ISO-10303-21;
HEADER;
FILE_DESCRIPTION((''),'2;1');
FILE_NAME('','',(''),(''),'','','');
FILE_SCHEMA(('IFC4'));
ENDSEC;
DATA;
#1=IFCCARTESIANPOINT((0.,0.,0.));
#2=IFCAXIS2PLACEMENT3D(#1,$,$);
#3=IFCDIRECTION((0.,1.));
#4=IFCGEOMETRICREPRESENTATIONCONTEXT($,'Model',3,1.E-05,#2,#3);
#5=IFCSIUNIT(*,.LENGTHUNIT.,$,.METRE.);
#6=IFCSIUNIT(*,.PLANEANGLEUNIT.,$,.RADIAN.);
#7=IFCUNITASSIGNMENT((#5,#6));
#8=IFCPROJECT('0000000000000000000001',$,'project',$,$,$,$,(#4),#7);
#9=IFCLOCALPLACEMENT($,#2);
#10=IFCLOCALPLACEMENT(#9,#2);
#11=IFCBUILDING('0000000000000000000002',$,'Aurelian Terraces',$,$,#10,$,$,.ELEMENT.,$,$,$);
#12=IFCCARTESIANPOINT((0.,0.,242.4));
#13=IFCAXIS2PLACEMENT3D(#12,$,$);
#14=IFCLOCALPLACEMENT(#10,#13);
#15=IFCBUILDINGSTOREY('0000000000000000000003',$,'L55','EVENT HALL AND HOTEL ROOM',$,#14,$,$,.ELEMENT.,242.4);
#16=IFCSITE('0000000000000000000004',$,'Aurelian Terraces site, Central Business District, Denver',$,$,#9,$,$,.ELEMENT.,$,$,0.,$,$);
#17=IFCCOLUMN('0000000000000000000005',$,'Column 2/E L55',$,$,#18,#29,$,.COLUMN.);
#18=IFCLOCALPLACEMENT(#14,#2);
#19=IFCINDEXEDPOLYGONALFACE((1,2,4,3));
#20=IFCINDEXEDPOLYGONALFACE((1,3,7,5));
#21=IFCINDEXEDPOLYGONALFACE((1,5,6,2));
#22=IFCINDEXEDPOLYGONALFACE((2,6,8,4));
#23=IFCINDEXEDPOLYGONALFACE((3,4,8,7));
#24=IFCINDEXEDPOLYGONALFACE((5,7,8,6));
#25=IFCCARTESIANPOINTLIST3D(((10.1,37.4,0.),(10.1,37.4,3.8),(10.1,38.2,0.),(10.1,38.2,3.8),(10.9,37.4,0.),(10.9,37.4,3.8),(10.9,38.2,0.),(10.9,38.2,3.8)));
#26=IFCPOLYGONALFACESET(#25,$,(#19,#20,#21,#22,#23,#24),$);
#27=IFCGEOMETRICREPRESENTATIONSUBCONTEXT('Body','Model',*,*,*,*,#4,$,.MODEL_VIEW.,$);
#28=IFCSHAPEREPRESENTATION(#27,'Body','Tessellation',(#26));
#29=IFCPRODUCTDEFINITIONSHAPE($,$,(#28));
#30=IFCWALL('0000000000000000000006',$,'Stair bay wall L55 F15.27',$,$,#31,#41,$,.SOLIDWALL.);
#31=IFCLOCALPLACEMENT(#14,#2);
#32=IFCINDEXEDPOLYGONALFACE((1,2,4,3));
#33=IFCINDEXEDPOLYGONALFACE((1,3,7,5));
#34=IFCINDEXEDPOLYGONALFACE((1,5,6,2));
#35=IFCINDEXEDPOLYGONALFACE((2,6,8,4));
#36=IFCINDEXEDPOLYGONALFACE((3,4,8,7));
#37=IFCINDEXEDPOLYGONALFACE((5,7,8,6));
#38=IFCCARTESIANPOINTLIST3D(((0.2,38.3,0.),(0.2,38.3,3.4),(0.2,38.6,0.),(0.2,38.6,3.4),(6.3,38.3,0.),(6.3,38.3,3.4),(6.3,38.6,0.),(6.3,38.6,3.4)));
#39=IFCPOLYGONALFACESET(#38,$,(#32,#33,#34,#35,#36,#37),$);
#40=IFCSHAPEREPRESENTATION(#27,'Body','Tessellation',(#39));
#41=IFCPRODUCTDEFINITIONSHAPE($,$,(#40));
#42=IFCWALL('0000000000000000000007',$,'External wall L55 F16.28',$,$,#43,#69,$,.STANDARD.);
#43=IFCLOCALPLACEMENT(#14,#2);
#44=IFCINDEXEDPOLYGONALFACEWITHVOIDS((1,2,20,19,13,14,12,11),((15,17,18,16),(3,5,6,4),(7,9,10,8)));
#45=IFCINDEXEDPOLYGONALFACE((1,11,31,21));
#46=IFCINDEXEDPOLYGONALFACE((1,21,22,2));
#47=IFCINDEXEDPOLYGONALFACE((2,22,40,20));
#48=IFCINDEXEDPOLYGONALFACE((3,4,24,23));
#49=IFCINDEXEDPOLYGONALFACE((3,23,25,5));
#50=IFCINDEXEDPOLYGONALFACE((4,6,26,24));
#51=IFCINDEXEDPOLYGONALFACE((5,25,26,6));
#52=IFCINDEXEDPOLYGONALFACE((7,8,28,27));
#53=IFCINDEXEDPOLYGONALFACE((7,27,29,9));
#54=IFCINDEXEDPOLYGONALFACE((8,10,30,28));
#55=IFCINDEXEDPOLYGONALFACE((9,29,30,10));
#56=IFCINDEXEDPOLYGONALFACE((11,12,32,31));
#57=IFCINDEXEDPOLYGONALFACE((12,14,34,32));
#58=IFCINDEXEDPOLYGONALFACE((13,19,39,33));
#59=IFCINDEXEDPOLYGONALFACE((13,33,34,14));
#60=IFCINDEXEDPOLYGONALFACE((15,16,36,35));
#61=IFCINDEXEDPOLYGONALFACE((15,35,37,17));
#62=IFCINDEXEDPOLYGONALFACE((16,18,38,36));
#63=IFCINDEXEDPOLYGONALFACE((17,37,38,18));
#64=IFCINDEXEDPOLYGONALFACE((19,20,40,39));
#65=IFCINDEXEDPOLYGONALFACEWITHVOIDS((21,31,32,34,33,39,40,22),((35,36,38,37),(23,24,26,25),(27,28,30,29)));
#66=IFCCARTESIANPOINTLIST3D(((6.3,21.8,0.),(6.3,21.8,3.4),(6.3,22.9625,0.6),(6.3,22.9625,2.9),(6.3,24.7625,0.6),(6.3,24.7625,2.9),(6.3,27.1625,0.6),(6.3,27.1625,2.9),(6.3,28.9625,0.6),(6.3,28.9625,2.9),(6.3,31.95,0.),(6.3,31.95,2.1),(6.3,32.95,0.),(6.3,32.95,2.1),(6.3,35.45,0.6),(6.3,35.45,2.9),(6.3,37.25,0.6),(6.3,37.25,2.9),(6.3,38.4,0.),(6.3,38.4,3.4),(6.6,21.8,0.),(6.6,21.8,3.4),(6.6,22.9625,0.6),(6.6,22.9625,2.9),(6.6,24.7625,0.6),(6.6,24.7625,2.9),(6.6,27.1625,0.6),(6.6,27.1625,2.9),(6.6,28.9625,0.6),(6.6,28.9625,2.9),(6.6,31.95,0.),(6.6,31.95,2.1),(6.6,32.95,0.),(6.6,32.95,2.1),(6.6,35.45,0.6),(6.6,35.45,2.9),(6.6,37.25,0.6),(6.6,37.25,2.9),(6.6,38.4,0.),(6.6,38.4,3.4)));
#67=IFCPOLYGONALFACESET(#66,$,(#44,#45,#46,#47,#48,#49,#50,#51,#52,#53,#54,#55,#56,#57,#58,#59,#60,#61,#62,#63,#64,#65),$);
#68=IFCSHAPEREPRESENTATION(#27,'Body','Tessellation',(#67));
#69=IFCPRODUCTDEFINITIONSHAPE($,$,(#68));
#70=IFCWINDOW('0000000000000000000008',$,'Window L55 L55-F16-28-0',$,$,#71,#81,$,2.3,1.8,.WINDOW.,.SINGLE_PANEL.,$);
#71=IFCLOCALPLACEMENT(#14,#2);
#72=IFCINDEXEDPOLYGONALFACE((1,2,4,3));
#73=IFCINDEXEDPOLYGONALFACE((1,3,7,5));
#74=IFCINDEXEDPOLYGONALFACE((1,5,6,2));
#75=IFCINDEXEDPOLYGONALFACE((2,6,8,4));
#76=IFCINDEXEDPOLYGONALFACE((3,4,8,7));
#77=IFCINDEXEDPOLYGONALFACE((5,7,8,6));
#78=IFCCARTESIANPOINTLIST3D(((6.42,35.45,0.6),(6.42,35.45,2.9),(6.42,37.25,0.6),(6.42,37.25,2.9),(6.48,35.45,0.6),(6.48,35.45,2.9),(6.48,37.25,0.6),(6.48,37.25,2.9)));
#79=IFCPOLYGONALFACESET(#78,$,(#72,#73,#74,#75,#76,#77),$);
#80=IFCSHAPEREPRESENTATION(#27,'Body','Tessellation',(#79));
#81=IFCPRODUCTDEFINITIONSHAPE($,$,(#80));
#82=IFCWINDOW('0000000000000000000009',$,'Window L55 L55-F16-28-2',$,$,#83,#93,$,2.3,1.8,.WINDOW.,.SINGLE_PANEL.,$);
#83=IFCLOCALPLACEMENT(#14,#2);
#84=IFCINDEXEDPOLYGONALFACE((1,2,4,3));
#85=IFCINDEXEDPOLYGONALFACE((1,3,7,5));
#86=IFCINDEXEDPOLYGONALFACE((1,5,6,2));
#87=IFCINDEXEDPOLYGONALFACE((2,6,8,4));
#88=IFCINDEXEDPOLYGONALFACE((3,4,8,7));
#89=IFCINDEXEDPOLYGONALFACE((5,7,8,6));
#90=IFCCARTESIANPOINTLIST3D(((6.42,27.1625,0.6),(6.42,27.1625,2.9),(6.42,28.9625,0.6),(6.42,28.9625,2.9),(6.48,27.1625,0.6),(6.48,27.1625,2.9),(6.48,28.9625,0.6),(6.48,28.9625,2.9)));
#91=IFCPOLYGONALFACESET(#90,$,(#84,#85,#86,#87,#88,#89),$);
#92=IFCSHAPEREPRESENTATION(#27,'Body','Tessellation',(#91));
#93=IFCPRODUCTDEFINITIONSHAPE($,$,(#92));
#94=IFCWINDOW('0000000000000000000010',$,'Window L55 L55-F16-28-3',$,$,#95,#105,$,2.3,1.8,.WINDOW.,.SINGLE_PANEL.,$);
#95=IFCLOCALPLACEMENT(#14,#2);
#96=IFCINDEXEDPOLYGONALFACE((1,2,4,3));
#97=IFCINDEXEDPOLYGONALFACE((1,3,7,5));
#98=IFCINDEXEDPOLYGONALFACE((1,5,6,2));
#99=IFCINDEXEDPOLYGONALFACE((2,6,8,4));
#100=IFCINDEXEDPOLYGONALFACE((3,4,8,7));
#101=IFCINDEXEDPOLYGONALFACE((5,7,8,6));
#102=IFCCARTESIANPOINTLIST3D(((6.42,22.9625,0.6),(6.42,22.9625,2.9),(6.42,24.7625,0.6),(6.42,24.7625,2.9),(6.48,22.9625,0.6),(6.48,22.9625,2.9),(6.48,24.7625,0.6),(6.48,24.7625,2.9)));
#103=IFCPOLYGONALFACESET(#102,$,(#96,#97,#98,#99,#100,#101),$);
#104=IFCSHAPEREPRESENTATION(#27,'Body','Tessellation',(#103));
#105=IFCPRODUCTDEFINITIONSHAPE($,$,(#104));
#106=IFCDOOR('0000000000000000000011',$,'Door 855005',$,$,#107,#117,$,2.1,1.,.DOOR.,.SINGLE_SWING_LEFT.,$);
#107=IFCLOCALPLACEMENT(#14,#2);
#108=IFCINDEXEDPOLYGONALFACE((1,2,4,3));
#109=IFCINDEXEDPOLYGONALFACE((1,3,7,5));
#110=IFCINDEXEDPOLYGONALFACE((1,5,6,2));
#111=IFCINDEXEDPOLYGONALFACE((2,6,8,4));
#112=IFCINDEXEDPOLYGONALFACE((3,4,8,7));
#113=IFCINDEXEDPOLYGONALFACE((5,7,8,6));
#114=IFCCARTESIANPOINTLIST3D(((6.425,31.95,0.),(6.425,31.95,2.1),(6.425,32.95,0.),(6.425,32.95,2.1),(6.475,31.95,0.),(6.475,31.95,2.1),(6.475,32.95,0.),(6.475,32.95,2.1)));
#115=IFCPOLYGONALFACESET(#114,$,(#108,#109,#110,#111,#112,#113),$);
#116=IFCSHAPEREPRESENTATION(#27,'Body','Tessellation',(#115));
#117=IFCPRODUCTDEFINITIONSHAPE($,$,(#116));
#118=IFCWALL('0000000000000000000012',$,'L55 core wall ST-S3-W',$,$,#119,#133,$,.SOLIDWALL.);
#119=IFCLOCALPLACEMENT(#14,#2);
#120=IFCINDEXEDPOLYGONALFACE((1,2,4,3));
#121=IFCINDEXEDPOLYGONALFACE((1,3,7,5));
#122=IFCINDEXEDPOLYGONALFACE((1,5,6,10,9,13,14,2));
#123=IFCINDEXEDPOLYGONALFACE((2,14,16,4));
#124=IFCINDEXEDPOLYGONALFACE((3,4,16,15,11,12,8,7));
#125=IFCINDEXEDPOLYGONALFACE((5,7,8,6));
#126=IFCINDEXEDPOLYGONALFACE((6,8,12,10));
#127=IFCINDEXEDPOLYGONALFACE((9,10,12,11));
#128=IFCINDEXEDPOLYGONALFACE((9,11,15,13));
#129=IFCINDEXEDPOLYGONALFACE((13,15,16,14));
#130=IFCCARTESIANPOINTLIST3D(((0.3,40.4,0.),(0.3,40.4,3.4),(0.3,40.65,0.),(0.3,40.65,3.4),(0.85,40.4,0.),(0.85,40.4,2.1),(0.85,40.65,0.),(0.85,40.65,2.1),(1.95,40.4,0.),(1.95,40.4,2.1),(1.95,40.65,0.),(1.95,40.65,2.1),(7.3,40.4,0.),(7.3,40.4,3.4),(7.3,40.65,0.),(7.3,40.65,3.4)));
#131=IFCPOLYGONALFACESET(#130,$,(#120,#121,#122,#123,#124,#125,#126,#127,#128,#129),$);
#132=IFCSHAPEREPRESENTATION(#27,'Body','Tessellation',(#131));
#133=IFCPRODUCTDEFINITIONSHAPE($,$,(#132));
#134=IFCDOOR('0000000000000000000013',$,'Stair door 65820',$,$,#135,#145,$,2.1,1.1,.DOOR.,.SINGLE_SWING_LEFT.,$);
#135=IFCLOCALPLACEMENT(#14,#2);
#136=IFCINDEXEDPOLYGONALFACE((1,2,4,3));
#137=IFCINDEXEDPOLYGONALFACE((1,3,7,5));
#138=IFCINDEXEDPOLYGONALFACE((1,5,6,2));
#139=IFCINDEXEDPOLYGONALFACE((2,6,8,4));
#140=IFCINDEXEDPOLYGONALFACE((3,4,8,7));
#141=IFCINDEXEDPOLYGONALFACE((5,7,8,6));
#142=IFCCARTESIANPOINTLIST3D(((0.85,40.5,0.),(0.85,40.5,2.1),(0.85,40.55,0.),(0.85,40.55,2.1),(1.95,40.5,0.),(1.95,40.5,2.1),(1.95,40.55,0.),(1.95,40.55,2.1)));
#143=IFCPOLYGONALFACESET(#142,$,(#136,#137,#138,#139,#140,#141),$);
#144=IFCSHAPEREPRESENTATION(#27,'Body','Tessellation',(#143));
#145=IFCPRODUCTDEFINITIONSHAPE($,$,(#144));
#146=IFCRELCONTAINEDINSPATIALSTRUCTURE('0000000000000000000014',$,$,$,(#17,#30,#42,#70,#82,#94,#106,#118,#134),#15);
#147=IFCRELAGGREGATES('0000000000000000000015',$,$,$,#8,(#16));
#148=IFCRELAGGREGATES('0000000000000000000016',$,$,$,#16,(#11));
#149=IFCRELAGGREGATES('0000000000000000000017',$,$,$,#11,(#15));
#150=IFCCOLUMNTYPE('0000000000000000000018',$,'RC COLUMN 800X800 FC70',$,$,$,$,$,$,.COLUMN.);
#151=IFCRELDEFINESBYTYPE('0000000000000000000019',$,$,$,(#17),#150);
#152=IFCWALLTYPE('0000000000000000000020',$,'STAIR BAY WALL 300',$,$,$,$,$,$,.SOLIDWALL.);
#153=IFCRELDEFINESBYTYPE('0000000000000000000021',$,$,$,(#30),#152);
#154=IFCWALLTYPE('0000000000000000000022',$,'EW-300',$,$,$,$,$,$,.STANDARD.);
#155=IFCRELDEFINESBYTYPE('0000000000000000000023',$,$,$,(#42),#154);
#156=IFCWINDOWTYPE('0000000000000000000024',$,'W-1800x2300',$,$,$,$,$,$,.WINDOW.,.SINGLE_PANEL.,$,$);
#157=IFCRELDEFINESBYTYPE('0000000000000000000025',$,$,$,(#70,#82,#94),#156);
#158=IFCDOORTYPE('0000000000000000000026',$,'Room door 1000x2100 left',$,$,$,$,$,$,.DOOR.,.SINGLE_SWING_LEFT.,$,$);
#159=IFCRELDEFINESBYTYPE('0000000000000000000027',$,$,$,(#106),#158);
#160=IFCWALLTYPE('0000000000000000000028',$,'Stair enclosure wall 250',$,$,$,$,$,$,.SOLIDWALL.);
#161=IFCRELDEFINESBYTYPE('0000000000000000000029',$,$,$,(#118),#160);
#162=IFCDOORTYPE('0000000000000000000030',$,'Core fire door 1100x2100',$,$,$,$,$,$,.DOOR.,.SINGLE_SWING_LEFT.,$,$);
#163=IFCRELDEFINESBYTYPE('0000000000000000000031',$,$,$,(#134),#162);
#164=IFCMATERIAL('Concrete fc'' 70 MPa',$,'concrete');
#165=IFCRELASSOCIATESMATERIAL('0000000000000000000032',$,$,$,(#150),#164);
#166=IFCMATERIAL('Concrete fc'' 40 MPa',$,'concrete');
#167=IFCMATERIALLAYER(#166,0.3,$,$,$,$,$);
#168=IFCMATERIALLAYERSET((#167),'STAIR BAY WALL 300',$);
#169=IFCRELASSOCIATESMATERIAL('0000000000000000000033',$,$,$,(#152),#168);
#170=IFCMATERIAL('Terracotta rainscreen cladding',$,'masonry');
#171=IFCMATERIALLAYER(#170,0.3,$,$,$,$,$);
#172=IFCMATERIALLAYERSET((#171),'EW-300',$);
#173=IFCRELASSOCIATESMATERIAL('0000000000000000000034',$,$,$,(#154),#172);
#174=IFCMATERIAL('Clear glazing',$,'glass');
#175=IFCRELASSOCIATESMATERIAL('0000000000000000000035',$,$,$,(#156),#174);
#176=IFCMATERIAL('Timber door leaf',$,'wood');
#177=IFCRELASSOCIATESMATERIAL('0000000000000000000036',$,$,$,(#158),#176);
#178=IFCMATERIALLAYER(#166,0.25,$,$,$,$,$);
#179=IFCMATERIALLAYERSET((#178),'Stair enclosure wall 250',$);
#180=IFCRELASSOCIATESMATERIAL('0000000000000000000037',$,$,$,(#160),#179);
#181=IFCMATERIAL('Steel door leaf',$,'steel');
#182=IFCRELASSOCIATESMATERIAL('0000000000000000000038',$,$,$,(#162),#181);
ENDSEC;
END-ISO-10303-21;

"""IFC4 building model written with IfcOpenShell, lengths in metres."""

from ifc_helpers import new_model, si_unit, direction, frame, frame_2d, origin, origin_2d, place, context, subcontext, project, spatial, rectangle, extrude, source, transform, mapped, material, layer, layer_set, material_profile, profile_set, type_object, element, fill, save


model = new_model("IFC4")

# Units and contexts
model_context = context("Model", 3, precision=1e-05, world=origin(), true_north=direction((0.0, 1.0)))
body_context = subcontext(model_context, "Body", "Model", "MODEL_VIEW")
ifc_project = project(units=[si_unit("LENGTHUNIT", "METRE"), si_unit("PLANEANGLEUNIT", "RADIAN")], contexts=[model_context])

# Site, building, storey
site_placement = place(None, origin())
site = spatial("IfcSite", under=ifc_project, at=site_placement, Name="Aurelian Terraces site, Central Business District, Denver", CompositionType="ELEMENT", RefElevation=0.0)
building_placement = place(site_placement, origin())
building = spatial("IfcBuilding", under=site, at=building_placement, Name="Aurelian Terraces", CompositionType="ELEMENT")
storey_placement = place(building_placement, frame((0.0, 0.0, 242.4)))
storey = spatial("IfcBuildingStorey", under=building, at=storey_placement, Name="L55", Description="EVENT HALL AND HOTEL ROOM", CompositionType="ELEMENT", Elevation=242.4)

# Column
ifc_material_1 = material(Name="Concrete fc' 70 MPa", Category="concrete")
ifc_material_profile = material_profile(ifc_material_1, rectangle(XDim=0.8, YDim=0.8, at=origin_2d()))
ifc_profile_set = profile_set([ifc_material_profile], Name="Concrete fc' 70 MPa")
column_type = type_object("IfcColumnType", Name="RC COLUMN 800X800 FC70", PredefinedType="COLUMN", material=ifc_profile_set)
shared_shape_1 = source(origin(), body_context, "Body", "SweptSolid", [
    extrude(rectangle(XDim=0.8, YDim=0.8, at=origin_2d()), origin(), (0.0, 0.0, 1.0), 3.8),
])
column_placement = place(storey_placement, frame((10.5, 37.8, 0.0), z_axis=(0.0, 0.0, 1.0), x_axis=(1.0, 0.0, 0.0)))
element("IfcColumn", 1, at=column_placement, inside=storey, type_object=column_type, Name="Column 2/E L55", PredefinedType="COLUMN", context=body_context, shape_type="MappedRepresentation", body=[
    mapped(shared_shape_1, transform((0.0, 0.0, 0.0), scale=1.0)),
])

# Wall
ifc_material_2 = material(Name="Concrete fc' 40 MPa", Category="concrete")
ifc_layer_1 = layer(ifc_material_2, 0.3)
ifc_layer_set_1 = layer_set([ifc_layer_1], Name="STAIR BAY WALL 300")
wall_type_1 = type_object("IfcWallType", Name="STAIR BAY WALL 300", PredefinedType="SOLIDWALL", material=ifc_layer_set_1)
shared_shape_2 = source(origin(), body_context, "Body", "SweptSolid", [
    extrude(rectangle(XDim=6.1, YDim=0.3, at=frame_2d((3.05, 0.0))), origin(), (0.0, 0.0, 1.0), 3.4),
])
wall_1_placement = place(storey_placement, frame((0.2, 38.45, 0.0), z_axis=(0.0, 0.0, 1.0), x_axis=(1.0, 0.0, 0.0)))
element("IfcWall", 2, at=wall_1_placement, inside=storey, type_object=wall_type_1, Name="Stair bay wall L55 F15.27", PredefinedType="SOLIDWALL", context=body_context, shape_type="MappedRepresentation", body=[
    mapped(shared_shape_2, transform((0.0, 0.0, 0.0), scale=1.0)),
])

# Wall, openings, windows, door
ifc_material_3 = material(Name="Terracotta rainscreen cladding", Category="masonry")
ifc_layer_2 = layer(ifc_material_3, 0.3)
ifc_layer_set_2 = layer_set([ifc_layer_2], Name="EW-300")
wall_type_2 = type_object("IfcWallType", Name="EW-300", PredefinedType="STANDARD", material=ifc_layer_set_2)
shared_shape_3 = source(origin(), body_context, "Body", "SweptSolid", [
    extrude(rectangle(XDim=16.6, YDim=0.3, at=frame_2d((8.3, 0.0))), origin(), (0.0, 0.0, 1.0), 3.4),
])
wall_2_placement = place(storey_placement, frame((6.45, 38.4, 0.0), z_axis=(0.0, 0.0, 1.0), x_axis=(0.0, -1.0, 0.0)))
wall_2 = element("IfcWall", 3, at=wall_2_placement, inside=storey, type_object=wall_type_2, Name="External wall L55 F16.28", PredefinedType="STANDARD", context=body_context, shape_type="MappedRepresentation", body=[
    mapped(shared_shape_3, transform((0.0, 0.0, 0.0), scale=1.0)),
])
shared_shape_4 = source(origin(), body_context, "Body", "SweptSolid", [
    extrude(rectangle(XDim=1.8, YDim=2.3, at=frame_2d((0.9, 1.15))), frame((0.0, 0.16, 0.0), z_axis=(0.0, -1.0, 0.0), x_axis=(1.0, 0.0, 0.0)), (0.0, 0.0, 1.0), 0.32),
])
opening_1_placement = place(wall_2_placement, frame((1.15, 0.0, 0.6)))
opening_1 = element("IfcOpeningElement", 4, at=opening_1_placement, cuts=wall_2, PredefinedType="OPENING", context=body_context, shape_type="MappedRepresentation", body=[
    mapped(shared_shape_4, transform((0.0, 0.0, 0.0), scale=1.0)),
])
opening_2_placement = place(wall_2_placement, frame((9.4375, 0.0, 0.6)))
opening_2 = element("IfcOpeningElement", 5, at=opening_2_placement, cuts=wall_2, PredefinedType="OPENING", context=body_context, shape_type="MappedRepresentation", body=[
    mapped(shared_shape_4, transform((0.0, 0.0, 0.0), scale=1.0)),
])
opening_3_placement = place(wall_2_placement, frame((13.6375, 0.0, 0.6)))
opening_3 = element("IfcOpeningElement", 6, at=opening_3_placement, cuts=wall_2, PredefinedType="OPENING", context=body_context, shape_type="MappedRepresentation", body=[
    mapped(shared_shape_4, transform((0.0, 0.0, 0.0), scale=1.0)),
])
shared_shape_5 = source(origin(), body_context, "Body", "SweptSolid", [
    extrude(rectangle(XDim=1.0, YDim=2.1, at=frame_2d((0.5, 1.05))), frame((0.0, 0.16, 0.0), z_axis=(0.0, -1.0, 0.0), x_axis=(1.0, 0.0, 0.0)), (0.0, 0.0, 1.0), 0.32),
])
opening_4_placement = place(wall_2_placement, frame((5.45, 0.0, 0.0)))
opening_4 = element("IfcOpeningElement", 7, at=opening_4_placement, cuts=wall_2, PredefinedType="OPENING", context=body_context, shape_type="MappedRepresentation", body=[
    mapped(shared_shape_5, transform((0.0, 0.0, 0.0), scale=1.0)),
])
ifc_material_4 = material(Name="Clear glazing", Category="glass")
window_type = type_object("IfcWindowType", Name="W-1800x2300", PartitioningType="SINGLE_PANEL", PredefinedType="WINDOW", material=ifc_material_4)
shared_shape_6 = source(origin(), body_context, "Body", "SweptSolid", [
    extrude(rectangle(XDim=1.8, YDim=2.3, at=frame_2d((0.9, 1.15))), frame((0.0, 0.03, 0.0), z_axis=(0.0, -1.0, 0.0), x_axis=(1.0, 0.0, 0.0)), (0.0, 0.0, 1.0), 0.06),
])
window_1_placement = place(opening_1_placement, origin())
window_1 = element("IfcWindow", 8, at=window_1_placement, inside=storey, type_object=window_type, Name="Window L55 L55-F16-28-0", OverallHeight=2.3, OverallWidth=1.8, PartitioningType="SINGLE_PANEL", PredefinedType="WINDOW", context=body_context, shape_type="MappedRepresentation", body=[
    mapped(shared_shape_6, transform((0.0, 0.0, 0.0), scale=1.0)),
])
fill(opening_1, window_1)
window_2_placement = place(opening_2_placement, origin())
window_2 = element("IfcWindow", 9, at=window_2_placement, inside=storey, type_object=window_type, Name="Window L55 L55-F16-28-2", OverallHeight=2.3, OverallWidth=1.8, PartitioningType="SINGLE_PANEL", PredefinedType="WINDOW", context=body_context, shape_type="MappedRepresentation", body=[
    mapped(shared_shape_6, transform((0.0, 0.0, 0.0), scale=1.0)),
])
fill(opening_2, window_2)
window_3_placement = place(opening_3_placement, origin())
window_3 = element("IfcWindow", 10, at=window_3_placement, inside=storey, type_object=window_type, Name="Window L55 L55-F16-28-3", OverallHeight=2.3, OverallWidth=1.8, PartitioningType="SINGLE_PANEL", PredefinedType="WINDOW", context=body_context, shape_type="MappedRepresentation", body=[
    mapped(shared_shape_6, transform((0.0, 0.0, 0.0), scale=1.0)),
])
fill(opening_3, window_3)
ifc_material_5 = material(Name="Timber door leaf", Category="wood")
door_type_1 = type_object("IfcDoorType", Name="Room door 1000x2100 left", OperationType="SINGLE_SWING_LEFT", PredefinedType="DOOR", material=ifc_material_5)
shared_shape_7 = source(origin(), body_context, "Body", "SweptSolid", [
    extrude(rectangle(XDim=1.0, YDim=2.1, at=frame_2d((0.5, 1.05))), frame((0.0, 0.025, 0.0), z_axis=(0.0, -1.0, 0.0), x_axis=(1.0, 0.0, 0.0)), (0.0, 0.0, 1.0), 0.05),
])
door_1_placement = place(opening_4_placement, origin())
door_1 = element("IfcDoor", 11, at=door_1_placement, inside=storey, type_object=door_type_1, Name="Door 855005", OperationType="SINGLE_SWING_LEFT", OverallHeight=2.1, OverallWidth=1.0, PredefinedType="DOOR", context=body_context, shape_type="MappedRepresentation", body=[
    mapped(shared_shape_7, transform((0.0, 0.0, 0.0), scale=1.0)),
])
fill(opening_4, door_1)

# Wall, opening, door
ifc_layer_3 = layer(ifc_material_2, 0.25)
ifc_layer_set_3 = layer_set([ifc_layer_3], Name="Stair enclosure wall 250")
wall_type_3 = type_object("IfcWallType", Name="Stair enclosure wall 250", PredefinedType="SOLIDWALL", material=ifc_layer_set_3)
shared_shape_8 = source(origin(), body_context, "Body", "SweptSolid", [
    extrude(rectangle(XDim=7.0, YDim=0.25, at=frame_2d((3.5, 0.0))), origin(), (0.0, 0.0, 1.0), 3.4),
])
wall_3_placement = place(storey_placement, frame((0.3, 40.525, 0.0), z_axis=(0.0, 0.0, 1.0), x_axis=(1.0, 0.0, 0.0)))
wall_3 = element("IfcWall", 12, at=wall_3_placement, inside=storey, type_object=wall_type_3, Name="L55 core wall ST-S3-W", PredefinedType="SOLIDWALL", context=body_context, shape_type="MappedRepresentation", body=[
    mapped(shared_shape_8, transform((0.0, 0.0, 0.0), scale=1.0)),
])
shared_shape_9 = source(origin(), body_context, "Body", "SweptSolid", [
    extrude(rectangle(XDim=1.1, YDim=2.1, at=frame_2d((0.55, 1.05))), frame((0.0, 0.135, 0.0), z_axis=(0.0, -1.0, 0.0), x_axis=(1.0, 0.0, 0.0)), (0.0, 0.0, 1.0), 0.27),
])
opening_5_placement = place(wall_3_placement, frame((0.55, 0.0, 0.0)))
opening_5 = element("IfcOpeningElement", 13, at=opening_5_placement, cuts=wall_3, PredefinedType="OPENING", context=body_context, shape_type="MappedRepresentation", body=[
    mapped(shared_shape_9, transform((0.0, 0.0, 0.0), scale=1.0)),
])
ifc_material_6 = material(Name="Steel door leaf", Category="steel")
door_type_2 = type_object("IfcDoorType", Name="Core fire door 1100x2100", OperationType="SINGLE_SWING_LEFT", PredefinedType="DOOR", material=ifc_material_6)
shared_shape_10 = source(origin(), body_context, "Body", "SweptSolid", [
    extrude(rectangle(XDim=1.1, YDim=2.1, at=frame_2d((0.55, 1.05))), frame((0.0, 0.025, 0.0), z_axis=(0.0, -1.0, 0.0), x_axis=(1.0, 0.0, 0.0)), (0.0, 0.0, 1.0), 0.05),
])
door_2_placement = place(opening_5_placement, origin())
door_2 = element("IfcDoor", 14, at=door_2_placement, inside=storey, type_object=door_type_2, Name="Stair door 65820", OperationType="SINGLE_SWING_LEFT", OverallHeight=2.1, OverallWidth=1.1, PredefinedType="DOOR", context=body_context, shape_type="MappedRepresentation", body=[
    mapped(shared_shape_10, transform((0.0, 0.0, 0.0), scale=1.0)),
])
fill(opening_5, door_2)

save(model, "model.ifc")
